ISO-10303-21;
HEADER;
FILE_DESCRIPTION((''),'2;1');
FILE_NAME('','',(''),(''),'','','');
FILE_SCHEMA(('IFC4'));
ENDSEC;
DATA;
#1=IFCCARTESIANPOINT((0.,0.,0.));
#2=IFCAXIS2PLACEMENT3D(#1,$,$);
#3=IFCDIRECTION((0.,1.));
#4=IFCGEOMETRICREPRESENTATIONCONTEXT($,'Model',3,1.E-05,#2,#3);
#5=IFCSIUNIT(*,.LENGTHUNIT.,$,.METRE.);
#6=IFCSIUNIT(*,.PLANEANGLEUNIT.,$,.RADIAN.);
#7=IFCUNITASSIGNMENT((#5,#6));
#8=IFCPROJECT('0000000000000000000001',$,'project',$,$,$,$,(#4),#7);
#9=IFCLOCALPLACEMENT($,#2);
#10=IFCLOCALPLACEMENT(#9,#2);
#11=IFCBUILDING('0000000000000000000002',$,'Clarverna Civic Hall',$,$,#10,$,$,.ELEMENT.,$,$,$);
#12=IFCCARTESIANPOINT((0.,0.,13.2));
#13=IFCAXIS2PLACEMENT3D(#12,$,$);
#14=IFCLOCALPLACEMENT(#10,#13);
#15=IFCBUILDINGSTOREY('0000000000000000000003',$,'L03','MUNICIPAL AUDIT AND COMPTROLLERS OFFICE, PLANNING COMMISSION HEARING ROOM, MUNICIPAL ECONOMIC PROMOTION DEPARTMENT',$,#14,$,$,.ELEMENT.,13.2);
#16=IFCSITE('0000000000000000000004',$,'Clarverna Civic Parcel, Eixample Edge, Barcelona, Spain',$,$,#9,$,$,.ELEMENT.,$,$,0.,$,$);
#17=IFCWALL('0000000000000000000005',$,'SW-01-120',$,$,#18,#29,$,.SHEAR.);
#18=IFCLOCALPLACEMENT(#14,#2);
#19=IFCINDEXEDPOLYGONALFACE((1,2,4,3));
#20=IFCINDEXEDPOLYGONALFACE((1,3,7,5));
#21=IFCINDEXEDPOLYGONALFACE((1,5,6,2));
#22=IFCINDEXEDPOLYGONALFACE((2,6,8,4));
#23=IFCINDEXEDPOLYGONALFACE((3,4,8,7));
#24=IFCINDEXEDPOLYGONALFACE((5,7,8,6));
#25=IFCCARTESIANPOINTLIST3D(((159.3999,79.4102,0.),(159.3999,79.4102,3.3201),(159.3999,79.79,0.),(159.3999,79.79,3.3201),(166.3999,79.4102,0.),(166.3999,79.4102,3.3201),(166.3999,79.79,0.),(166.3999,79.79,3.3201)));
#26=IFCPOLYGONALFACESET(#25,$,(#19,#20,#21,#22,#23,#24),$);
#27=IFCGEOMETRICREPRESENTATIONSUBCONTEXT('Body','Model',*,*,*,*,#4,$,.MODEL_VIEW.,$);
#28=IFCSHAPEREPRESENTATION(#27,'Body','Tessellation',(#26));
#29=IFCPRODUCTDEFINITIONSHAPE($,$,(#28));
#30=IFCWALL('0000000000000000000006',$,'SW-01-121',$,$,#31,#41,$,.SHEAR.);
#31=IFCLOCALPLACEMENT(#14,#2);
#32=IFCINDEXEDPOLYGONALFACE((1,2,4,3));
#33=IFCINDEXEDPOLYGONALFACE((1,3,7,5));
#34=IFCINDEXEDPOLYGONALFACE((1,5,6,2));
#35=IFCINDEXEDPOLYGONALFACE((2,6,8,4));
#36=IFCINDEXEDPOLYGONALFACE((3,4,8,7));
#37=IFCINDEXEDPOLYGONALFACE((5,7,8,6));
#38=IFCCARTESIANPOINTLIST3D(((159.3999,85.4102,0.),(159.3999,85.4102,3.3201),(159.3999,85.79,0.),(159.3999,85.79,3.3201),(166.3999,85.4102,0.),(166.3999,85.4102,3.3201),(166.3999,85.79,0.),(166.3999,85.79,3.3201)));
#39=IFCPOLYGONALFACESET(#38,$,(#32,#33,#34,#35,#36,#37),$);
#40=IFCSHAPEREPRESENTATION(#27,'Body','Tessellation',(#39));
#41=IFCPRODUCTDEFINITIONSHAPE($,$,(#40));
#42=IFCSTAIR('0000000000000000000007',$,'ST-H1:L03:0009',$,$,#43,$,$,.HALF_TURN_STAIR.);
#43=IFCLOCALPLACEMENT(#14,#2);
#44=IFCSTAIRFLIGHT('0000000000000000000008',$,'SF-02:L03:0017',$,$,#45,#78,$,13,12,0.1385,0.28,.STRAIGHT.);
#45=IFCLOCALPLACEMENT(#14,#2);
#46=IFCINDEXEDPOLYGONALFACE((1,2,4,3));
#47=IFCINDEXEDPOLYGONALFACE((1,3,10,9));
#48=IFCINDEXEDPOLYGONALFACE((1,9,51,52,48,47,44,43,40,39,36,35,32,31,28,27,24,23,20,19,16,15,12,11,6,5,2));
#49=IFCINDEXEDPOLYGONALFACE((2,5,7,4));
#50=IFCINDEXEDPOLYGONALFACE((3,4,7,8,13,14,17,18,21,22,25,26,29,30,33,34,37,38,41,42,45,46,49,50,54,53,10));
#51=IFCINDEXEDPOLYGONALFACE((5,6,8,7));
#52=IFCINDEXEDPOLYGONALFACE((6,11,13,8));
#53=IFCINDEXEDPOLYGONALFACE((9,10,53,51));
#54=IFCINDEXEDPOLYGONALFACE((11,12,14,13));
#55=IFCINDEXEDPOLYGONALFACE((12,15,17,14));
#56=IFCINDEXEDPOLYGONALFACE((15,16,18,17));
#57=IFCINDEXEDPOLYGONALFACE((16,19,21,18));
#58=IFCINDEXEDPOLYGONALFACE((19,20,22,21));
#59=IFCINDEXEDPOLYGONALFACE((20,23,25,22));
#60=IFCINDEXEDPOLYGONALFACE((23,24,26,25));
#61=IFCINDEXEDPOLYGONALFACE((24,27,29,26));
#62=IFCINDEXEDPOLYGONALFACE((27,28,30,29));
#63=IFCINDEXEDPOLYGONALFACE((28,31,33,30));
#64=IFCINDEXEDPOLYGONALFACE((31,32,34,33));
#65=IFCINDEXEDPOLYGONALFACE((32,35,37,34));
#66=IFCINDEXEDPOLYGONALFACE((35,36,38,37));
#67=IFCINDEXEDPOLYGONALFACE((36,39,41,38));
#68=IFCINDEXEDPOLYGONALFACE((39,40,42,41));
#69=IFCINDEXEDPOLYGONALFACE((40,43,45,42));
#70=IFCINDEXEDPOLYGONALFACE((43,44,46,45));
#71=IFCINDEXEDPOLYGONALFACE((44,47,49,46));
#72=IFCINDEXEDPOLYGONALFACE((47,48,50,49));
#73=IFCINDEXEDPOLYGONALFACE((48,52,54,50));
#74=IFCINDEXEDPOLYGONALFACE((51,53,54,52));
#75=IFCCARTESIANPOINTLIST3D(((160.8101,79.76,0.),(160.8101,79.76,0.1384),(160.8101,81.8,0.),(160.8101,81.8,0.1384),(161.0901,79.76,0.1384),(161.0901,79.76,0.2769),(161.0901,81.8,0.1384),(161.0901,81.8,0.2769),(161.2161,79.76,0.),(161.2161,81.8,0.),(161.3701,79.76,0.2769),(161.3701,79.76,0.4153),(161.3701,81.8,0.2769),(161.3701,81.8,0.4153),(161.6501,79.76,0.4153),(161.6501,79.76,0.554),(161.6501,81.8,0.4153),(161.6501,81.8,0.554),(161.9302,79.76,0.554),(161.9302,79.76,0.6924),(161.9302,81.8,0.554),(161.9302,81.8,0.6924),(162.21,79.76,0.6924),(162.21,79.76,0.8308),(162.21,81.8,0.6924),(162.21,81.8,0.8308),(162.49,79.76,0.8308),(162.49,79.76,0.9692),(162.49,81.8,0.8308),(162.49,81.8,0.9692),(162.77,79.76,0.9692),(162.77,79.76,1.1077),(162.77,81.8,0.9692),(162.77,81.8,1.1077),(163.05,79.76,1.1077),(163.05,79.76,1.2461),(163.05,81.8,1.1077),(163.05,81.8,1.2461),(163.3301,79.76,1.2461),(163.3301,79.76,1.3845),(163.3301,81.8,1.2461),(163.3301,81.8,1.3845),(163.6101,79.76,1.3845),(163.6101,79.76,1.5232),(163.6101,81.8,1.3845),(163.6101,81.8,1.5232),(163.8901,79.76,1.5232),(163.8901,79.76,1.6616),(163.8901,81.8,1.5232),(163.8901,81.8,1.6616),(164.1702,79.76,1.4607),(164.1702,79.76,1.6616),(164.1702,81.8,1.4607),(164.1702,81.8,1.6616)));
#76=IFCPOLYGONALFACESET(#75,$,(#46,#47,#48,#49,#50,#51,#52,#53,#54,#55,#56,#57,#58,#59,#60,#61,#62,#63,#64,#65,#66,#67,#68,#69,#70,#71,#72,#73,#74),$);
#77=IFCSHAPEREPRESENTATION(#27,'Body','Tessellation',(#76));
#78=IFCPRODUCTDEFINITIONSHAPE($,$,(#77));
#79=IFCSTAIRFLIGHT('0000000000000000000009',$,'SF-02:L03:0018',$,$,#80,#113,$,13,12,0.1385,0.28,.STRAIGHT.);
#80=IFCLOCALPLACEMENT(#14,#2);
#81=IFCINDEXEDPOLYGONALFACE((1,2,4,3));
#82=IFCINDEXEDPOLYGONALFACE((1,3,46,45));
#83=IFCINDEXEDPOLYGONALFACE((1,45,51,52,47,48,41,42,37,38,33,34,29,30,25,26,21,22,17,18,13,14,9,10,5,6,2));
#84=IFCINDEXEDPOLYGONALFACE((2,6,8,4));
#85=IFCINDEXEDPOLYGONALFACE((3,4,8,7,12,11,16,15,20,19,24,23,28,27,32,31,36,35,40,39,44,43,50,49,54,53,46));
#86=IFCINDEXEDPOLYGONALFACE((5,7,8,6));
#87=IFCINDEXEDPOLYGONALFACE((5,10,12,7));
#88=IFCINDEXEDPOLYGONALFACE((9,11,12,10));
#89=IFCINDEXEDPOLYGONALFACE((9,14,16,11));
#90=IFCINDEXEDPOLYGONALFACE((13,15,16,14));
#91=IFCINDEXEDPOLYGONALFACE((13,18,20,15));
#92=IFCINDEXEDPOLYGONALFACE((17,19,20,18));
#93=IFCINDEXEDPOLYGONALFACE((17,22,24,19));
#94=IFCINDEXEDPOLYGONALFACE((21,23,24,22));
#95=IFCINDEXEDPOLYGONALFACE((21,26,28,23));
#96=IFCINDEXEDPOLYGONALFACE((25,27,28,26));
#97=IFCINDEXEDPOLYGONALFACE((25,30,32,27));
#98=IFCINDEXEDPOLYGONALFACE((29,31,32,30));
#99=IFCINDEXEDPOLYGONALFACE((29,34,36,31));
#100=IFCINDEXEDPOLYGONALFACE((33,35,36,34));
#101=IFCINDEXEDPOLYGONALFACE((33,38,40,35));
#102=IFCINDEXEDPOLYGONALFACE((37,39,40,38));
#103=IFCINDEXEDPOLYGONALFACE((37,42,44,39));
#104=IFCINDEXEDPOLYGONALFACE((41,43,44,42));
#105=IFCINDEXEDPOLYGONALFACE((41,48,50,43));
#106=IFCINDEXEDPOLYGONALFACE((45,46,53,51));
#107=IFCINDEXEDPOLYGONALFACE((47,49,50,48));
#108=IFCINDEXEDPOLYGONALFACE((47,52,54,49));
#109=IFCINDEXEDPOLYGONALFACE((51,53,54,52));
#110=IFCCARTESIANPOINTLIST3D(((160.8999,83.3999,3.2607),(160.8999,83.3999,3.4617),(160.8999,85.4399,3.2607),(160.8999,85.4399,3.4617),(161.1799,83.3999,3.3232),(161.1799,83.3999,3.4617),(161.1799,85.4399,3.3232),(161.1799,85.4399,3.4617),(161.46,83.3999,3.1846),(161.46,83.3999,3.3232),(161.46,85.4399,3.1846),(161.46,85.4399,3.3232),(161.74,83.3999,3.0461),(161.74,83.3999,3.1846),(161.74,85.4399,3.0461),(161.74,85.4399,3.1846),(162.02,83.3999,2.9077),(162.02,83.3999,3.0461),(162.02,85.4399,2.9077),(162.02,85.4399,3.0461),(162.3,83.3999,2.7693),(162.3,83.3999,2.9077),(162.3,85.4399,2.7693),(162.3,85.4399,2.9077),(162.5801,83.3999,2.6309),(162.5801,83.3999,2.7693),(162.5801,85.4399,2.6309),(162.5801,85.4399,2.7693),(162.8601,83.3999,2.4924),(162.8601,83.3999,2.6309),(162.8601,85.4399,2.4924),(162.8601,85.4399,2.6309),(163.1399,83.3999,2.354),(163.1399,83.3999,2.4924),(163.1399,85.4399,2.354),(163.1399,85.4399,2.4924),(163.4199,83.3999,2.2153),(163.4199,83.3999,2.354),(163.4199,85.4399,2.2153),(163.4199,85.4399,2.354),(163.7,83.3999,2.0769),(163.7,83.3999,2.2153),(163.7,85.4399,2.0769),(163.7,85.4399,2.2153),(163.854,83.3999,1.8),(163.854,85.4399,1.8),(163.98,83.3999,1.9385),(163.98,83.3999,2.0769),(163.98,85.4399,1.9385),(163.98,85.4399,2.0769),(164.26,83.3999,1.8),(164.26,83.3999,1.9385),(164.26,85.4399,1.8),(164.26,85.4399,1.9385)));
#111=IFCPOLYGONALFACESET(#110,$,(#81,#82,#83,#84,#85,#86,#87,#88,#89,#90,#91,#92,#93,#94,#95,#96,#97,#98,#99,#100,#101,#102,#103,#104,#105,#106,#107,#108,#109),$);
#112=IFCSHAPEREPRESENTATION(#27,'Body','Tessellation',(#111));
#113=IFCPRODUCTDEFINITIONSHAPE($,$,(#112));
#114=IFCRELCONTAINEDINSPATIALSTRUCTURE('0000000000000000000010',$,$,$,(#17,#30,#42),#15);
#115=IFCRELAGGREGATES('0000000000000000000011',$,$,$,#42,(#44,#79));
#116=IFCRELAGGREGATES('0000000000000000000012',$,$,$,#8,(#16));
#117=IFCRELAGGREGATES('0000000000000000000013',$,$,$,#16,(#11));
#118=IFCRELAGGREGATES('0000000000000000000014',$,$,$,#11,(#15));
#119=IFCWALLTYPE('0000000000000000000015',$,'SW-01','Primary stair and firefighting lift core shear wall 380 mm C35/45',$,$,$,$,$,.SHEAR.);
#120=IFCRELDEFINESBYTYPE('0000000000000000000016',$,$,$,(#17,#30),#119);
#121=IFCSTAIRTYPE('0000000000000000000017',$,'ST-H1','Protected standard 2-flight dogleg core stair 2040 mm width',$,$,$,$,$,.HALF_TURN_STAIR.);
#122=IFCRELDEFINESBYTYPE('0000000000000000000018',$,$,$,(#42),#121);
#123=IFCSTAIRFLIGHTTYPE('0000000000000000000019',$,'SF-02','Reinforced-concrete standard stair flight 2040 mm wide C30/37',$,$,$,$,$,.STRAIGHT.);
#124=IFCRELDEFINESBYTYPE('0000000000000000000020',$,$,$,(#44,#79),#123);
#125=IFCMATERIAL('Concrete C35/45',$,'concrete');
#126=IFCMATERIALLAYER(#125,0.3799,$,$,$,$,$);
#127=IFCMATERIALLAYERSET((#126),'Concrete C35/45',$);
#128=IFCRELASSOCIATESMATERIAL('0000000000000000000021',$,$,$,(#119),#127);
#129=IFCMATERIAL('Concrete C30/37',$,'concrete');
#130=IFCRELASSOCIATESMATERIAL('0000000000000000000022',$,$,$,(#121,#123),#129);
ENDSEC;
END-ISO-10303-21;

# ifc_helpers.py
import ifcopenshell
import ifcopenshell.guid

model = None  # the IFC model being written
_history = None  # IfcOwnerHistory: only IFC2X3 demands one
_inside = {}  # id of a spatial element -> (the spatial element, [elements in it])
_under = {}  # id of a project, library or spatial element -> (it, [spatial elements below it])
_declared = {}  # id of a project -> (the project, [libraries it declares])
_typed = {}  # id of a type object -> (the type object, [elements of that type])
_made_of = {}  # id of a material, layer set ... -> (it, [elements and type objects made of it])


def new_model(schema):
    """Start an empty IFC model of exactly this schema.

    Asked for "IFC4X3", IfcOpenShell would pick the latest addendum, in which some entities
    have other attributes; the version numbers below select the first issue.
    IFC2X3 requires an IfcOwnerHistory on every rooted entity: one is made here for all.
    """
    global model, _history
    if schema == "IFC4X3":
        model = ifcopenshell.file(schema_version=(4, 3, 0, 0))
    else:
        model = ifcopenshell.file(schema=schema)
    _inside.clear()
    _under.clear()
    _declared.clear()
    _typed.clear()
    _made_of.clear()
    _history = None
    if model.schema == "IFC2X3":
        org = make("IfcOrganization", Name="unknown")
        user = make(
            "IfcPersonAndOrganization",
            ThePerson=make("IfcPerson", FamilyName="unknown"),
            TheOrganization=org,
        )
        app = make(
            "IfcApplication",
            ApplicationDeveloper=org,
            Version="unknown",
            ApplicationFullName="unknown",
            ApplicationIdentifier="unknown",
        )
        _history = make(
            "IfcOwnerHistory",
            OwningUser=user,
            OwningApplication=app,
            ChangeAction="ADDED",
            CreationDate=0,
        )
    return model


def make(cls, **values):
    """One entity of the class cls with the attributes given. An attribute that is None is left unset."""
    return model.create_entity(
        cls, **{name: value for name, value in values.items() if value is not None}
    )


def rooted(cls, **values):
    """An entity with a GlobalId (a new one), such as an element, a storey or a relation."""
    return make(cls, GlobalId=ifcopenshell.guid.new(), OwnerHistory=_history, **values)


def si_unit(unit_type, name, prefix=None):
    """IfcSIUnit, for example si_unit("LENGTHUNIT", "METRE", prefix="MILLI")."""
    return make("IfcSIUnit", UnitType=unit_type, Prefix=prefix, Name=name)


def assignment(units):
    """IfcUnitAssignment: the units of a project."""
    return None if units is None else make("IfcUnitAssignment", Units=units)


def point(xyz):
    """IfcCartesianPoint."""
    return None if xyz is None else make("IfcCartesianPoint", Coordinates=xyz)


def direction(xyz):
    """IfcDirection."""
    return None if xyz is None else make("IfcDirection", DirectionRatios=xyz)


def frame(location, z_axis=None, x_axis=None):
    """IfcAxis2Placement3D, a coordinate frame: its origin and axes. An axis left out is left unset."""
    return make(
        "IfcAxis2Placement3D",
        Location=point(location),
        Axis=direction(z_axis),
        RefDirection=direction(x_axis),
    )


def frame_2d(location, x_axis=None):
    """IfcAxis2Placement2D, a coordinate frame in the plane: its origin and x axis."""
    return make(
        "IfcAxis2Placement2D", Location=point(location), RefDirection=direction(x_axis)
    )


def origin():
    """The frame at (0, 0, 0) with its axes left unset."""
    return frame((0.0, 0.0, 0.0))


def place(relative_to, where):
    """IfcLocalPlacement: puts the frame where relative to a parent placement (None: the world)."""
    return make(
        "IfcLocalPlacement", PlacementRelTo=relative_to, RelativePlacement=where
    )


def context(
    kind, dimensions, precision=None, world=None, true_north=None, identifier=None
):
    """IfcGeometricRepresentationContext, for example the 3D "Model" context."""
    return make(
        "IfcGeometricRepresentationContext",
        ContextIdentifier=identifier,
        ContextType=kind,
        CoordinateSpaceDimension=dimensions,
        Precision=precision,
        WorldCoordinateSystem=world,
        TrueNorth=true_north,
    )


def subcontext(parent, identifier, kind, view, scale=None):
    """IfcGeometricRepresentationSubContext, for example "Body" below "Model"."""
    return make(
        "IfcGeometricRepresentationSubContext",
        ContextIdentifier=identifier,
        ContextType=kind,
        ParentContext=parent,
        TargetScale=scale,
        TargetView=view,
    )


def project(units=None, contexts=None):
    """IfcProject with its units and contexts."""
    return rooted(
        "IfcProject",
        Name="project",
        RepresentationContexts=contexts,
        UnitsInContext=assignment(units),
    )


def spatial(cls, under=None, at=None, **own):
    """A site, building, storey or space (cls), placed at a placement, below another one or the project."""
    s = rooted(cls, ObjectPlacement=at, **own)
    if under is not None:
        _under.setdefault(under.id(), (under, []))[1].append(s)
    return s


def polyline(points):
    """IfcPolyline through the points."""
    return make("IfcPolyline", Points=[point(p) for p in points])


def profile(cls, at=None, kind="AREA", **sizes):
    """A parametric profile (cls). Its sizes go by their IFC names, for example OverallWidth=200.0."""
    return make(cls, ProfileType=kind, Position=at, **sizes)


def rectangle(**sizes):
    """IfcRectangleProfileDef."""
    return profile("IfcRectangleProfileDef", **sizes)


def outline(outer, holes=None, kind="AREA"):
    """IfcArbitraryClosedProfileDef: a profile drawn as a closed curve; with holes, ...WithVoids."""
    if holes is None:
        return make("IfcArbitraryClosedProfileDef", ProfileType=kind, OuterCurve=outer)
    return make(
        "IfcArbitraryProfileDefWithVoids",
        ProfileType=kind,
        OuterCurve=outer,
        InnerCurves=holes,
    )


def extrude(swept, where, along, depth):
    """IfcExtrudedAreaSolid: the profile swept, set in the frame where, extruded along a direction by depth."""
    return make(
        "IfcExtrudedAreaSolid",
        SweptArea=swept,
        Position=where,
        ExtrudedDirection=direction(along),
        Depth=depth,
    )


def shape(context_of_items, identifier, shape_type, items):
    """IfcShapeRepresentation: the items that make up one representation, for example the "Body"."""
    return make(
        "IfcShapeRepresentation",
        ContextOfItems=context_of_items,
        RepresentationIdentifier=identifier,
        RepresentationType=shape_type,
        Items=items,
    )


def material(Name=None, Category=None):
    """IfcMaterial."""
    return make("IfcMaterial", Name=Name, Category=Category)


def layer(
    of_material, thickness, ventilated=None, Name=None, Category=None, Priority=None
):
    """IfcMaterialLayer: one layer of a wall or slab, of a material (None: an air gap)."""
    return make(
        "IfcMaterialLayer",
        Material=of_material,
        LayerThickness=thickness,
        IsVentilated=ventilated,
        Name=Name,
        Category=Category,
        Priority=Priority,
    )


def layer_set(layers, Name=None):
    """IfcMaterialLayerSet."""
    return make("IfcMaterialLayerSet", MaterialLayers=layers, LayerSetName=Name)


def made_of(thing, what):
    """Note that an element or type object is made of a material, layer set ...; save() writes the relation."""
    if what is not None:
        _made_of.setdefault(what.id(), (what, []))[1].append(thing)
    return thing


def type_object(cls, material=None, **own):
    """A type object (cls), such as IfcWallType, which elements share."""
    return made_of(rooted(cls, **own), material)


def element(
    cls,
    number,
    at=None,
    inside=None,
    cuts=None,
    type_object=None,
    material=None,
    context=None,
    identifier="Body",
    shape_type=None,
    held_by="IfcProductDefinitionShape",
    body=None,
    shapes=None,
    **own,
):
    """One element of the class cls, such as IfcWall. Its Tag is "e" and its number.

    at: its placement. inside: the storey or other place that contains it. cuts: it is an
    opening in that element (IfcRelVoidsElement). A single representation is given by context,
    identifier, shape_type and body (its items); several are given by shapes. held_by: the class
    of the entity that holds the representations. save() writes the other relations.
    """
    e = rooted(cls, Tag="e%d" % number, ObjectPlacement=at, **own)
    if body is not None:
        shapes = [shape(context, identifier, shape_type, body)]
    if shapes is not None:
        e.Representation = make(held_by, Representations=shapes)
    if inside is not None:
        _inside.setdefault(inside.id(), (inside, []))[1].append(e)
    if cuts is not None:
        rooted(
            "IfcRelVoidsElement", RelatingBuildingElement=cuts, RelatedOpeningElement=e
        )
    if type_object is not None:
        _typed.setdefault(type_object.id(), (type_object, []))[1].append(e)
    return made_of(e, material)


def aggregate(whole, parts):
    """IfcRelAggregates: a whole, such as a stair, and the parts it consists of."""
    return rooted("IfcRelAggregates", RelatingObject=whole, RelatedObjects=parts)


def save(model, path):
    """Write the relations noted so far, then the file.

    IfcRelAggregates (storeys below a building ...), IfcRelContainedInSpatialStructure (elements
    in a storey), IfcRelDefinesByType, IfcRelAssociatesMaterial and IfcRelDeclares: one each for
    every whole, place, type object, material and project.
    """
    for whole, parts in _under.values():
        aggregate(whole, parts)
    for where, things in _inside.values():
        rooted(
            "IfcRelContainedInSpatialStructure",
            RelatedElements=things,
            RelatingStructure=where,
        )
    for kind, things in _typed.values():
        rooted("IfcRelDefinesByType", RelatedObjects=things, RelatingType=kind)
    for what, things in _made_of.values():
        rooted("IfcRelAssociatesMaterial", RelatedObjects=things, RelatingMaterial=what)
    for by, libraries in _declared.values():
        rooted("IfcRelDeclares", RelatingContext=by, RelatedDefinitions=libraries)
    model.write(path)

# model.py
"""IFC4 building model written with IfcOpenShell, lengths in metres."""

from ifc_helpers import new_model, si_unit, direction, frame, frame_2d, origin, place, context, subcontext, project, spatial, polyline, rectangle, outline, extrude, material, layer, layer_set, type_object, element, aggregate, save


model = new_model("IFC4")

# Units and contexts
model_context = context("Model", 3, precision=1e-05, world=origin(), true_north=direction((0.0, 1.0)))
body_context = subcontext(model_context, "Body", "Model", "MODEL_VIEW")
ifc_project = project(units=[si_unit("LENGTHUNIT", "METRE"), si_unit("PLANEANGLEUNIT", "RADIAN")], contexts=[model_context])

# Site, building, storey
site_placement = place(None, origin())
site = spatial("IfcSite", under=ifc_project, at=site_placement, Name="Clarverna Civic Parcel, Eixample Edge, Barcelona, Spain", CompositionType="ELEMENT", RefElevation=0.0)
building_placement = place(site_placement, origin())
building = spatial("IfcBuilding", under=site, at=building_placement, Name="Clarverna Civic Hall", CompositionType="ELEMENT")
storey_placement = place(building_placement, frame((0.0, 0.0, 13.2)))
storey = spatial("IfcBuildingStorey", under=building, at=storey_placement, Name="L03", Description="MUNICIPAL AUDIT AND COMPTROLLERS OFFICE, PLANNING COMMISSION HEARING ROOM, MUNICIPAL ECONOMIC PROMOTION DEPARTMENT", CompositionType="ELEMENT", Elevation=13.2)

# Shared definitions
ifc_material_1 = material(Name="Concrete C35/45", Category="concrete")

# Shared definitions
ifc_layer = layer(ifc_material_1, 0.3799)
ifc_layer_set = layer_set([ifc_layer], Name="Concrete C35/45")
wall_type = type_object("IfcWallType", Name="SW-01", Description="Primary stair and firefighting lift core shear wall 380 mm C35/45", PredefinedType="SHEAR", material=ifc_layer_set)

# Walls
for number, where, z_axis, x_axis, name in (
    (1, (159.3999, 79.6001, 0.0), (0.0, 0.0, 1.0), (1.0, 0.0, 0.0), "SW-01-120"),
    (2, (159.3999, 85.6001, 0.0), (0.0, 0.0, 1.0), (1.0, 0.0, 0.0), "SW-01-121"),
):
    element("IfcWall", number, at=place(storey_placement, frame(where, z_axis=z_axis, x_axis=x_axis)), inside=storey, type_object=wall_type, Name=name, PredefinedType="SHEAR", context=body_context, shape_type="SweptSolid", body=[
        extrude(rectangle(XDim=7.0, YDim=0.3799, at=frame_2d((3.5, 0.0))), origin(), (0.0, 0.0, 1.0), 3.3201),
    ])

# Stair, stair flights
ifc_material_2 = material(Name="Concrete C30/37", Category="concrete")
stair_type = type_object("IfcStairType", Name="ST-H1", Description="Protected standard 2-flight dogleg core stair 2040 mm width", PredefinedType="HALF_TURN_STAIR", material=ifc_material_2)
stair_placement = place(storey_placement, origin())
stair = element("IfcStair", 3, at=stair_placement, inside=storey, type_object=stair_type, Name="ST-H1:L03:0009", PredefinedType="HALF_TURN_STAIR")
stair_flight_type = type_object("IfcStairFlightType", Name="SF-02", Description="Reinforced-concrete standard stair flight 2040 mm wide C30/37", PredefinedType="STRAIGHT", material=ifc_material_2)
stair_flight_1_placement = place(storey_placement, frame((160.8101, 80.78, 0.0), z_axis=(0.0, 0.0, 1.0), x_axis=(1.0, 0.0, 0.0)))
stair_flight_1 = element("IfcStairFlight", 4, at=stair_flight_1_placement, type_object=stair_flight_type, Name="SF-02:L03:0017", NumberOfRisers=13, NumberOfTreads=12, PredefinedType="STRAIGHT", RiserHeight=0.1385, TreadLength=0.28, context=body_context, shape_type="SweptSolid", body=[
    extrude(outline(polyline([(0.0, 0.0), (0.0, 0.1384), (0.28, 0.1384), (0.28, 0.2769), (0.5601, 0.2769), (0.5601, 0.4153), (0.8401, 0.4153), (0.8401, 0.554), (1.1201, 0.554), (1.1201, 0.6924), (1.3999, 0.6924), (1.3999, 0.8308), (1.6799, 0.8308), (1.6799, 0.9692), (1.96, 0.9692), (1.96, 1.1077), (2.24, 1.1077), (2.24, 1.2461), (2.52, 1.2461), (2.52, 1.3845), (2.8, 1.3845), (2.8, 1.5232), (3.0801, 1.5232), (3.0801, 1.6616), (3.3601, 1.6616), (3.3601, 1.8), (3.3601, 1.4607), (0.406, 0.0), (0.0, 0.0)])), frame((0.0, 1.02, 0.0), z_axis=(0.0, -1.0, 0.0), x_axis=(1.0, 0.0, 0.0)), (0.0, 0.0, 1.0), 2.04),
])
stair_flight_2_placement = place(storey_placement, frame((164.26, 84.4199, 1.8), z_axis=(0.0, 0.0, 1.0), x_axis=(-1.0, 0.0, 0.0)))
stair_flight_2 = element("IfcStairFlight", 5, at=stair_flight_2_placement, type_object=stair_flight_type, Name="SF-02:L03:0018", NumberOfRisers=13, NumberOfTreads=12, PredefinedType="STRAIGHT", RiserHeight=0.1385, TreadLength=0.28, context=body_context, shape_type="SweptSolid", body=[
    extrude(outline(polyline([(0.0, 0.0), (0.0, 0.1384), (0.28, 0.1384), (0.28, 0.2769), (0.5601, 0.2769), (0.5601, 0.4153), (0.8401, 0.4153), (0.8401, 0.554), (1.1201, 0.554), (1.1201, 0.6924), (1.3999, 0.6924), (1.3999, 0.8308), (1.6799, 0.8308), (1.6799, 0.9692), (1.96, 0.9692), (1.96, 1.1077), (2.24, 1.1077), (2.24, 1.2461), (2.52, 1.2461), (2.52, 1.3845), (2.8, 1.3845), (2.8, 1.5232), (3.0801, 1.5232), (3.0801, 1.6616), (3.3601, 1.6616), (3.3601, 1.8), (3.3601, 1.4607), (0.406, 0.0), (0.0, 0.0)])), frame((0.0, 1.02, 0.0), z_axis=(0.0, -1.0, 0.0), x_axis=(1.0, 0.0, 0.0)), (0.0, 0.0, 1.0), 2.04),
])
aggregate(stair, [stair_flight_1, stair_flight_2])

save(model, "model.ifc")
